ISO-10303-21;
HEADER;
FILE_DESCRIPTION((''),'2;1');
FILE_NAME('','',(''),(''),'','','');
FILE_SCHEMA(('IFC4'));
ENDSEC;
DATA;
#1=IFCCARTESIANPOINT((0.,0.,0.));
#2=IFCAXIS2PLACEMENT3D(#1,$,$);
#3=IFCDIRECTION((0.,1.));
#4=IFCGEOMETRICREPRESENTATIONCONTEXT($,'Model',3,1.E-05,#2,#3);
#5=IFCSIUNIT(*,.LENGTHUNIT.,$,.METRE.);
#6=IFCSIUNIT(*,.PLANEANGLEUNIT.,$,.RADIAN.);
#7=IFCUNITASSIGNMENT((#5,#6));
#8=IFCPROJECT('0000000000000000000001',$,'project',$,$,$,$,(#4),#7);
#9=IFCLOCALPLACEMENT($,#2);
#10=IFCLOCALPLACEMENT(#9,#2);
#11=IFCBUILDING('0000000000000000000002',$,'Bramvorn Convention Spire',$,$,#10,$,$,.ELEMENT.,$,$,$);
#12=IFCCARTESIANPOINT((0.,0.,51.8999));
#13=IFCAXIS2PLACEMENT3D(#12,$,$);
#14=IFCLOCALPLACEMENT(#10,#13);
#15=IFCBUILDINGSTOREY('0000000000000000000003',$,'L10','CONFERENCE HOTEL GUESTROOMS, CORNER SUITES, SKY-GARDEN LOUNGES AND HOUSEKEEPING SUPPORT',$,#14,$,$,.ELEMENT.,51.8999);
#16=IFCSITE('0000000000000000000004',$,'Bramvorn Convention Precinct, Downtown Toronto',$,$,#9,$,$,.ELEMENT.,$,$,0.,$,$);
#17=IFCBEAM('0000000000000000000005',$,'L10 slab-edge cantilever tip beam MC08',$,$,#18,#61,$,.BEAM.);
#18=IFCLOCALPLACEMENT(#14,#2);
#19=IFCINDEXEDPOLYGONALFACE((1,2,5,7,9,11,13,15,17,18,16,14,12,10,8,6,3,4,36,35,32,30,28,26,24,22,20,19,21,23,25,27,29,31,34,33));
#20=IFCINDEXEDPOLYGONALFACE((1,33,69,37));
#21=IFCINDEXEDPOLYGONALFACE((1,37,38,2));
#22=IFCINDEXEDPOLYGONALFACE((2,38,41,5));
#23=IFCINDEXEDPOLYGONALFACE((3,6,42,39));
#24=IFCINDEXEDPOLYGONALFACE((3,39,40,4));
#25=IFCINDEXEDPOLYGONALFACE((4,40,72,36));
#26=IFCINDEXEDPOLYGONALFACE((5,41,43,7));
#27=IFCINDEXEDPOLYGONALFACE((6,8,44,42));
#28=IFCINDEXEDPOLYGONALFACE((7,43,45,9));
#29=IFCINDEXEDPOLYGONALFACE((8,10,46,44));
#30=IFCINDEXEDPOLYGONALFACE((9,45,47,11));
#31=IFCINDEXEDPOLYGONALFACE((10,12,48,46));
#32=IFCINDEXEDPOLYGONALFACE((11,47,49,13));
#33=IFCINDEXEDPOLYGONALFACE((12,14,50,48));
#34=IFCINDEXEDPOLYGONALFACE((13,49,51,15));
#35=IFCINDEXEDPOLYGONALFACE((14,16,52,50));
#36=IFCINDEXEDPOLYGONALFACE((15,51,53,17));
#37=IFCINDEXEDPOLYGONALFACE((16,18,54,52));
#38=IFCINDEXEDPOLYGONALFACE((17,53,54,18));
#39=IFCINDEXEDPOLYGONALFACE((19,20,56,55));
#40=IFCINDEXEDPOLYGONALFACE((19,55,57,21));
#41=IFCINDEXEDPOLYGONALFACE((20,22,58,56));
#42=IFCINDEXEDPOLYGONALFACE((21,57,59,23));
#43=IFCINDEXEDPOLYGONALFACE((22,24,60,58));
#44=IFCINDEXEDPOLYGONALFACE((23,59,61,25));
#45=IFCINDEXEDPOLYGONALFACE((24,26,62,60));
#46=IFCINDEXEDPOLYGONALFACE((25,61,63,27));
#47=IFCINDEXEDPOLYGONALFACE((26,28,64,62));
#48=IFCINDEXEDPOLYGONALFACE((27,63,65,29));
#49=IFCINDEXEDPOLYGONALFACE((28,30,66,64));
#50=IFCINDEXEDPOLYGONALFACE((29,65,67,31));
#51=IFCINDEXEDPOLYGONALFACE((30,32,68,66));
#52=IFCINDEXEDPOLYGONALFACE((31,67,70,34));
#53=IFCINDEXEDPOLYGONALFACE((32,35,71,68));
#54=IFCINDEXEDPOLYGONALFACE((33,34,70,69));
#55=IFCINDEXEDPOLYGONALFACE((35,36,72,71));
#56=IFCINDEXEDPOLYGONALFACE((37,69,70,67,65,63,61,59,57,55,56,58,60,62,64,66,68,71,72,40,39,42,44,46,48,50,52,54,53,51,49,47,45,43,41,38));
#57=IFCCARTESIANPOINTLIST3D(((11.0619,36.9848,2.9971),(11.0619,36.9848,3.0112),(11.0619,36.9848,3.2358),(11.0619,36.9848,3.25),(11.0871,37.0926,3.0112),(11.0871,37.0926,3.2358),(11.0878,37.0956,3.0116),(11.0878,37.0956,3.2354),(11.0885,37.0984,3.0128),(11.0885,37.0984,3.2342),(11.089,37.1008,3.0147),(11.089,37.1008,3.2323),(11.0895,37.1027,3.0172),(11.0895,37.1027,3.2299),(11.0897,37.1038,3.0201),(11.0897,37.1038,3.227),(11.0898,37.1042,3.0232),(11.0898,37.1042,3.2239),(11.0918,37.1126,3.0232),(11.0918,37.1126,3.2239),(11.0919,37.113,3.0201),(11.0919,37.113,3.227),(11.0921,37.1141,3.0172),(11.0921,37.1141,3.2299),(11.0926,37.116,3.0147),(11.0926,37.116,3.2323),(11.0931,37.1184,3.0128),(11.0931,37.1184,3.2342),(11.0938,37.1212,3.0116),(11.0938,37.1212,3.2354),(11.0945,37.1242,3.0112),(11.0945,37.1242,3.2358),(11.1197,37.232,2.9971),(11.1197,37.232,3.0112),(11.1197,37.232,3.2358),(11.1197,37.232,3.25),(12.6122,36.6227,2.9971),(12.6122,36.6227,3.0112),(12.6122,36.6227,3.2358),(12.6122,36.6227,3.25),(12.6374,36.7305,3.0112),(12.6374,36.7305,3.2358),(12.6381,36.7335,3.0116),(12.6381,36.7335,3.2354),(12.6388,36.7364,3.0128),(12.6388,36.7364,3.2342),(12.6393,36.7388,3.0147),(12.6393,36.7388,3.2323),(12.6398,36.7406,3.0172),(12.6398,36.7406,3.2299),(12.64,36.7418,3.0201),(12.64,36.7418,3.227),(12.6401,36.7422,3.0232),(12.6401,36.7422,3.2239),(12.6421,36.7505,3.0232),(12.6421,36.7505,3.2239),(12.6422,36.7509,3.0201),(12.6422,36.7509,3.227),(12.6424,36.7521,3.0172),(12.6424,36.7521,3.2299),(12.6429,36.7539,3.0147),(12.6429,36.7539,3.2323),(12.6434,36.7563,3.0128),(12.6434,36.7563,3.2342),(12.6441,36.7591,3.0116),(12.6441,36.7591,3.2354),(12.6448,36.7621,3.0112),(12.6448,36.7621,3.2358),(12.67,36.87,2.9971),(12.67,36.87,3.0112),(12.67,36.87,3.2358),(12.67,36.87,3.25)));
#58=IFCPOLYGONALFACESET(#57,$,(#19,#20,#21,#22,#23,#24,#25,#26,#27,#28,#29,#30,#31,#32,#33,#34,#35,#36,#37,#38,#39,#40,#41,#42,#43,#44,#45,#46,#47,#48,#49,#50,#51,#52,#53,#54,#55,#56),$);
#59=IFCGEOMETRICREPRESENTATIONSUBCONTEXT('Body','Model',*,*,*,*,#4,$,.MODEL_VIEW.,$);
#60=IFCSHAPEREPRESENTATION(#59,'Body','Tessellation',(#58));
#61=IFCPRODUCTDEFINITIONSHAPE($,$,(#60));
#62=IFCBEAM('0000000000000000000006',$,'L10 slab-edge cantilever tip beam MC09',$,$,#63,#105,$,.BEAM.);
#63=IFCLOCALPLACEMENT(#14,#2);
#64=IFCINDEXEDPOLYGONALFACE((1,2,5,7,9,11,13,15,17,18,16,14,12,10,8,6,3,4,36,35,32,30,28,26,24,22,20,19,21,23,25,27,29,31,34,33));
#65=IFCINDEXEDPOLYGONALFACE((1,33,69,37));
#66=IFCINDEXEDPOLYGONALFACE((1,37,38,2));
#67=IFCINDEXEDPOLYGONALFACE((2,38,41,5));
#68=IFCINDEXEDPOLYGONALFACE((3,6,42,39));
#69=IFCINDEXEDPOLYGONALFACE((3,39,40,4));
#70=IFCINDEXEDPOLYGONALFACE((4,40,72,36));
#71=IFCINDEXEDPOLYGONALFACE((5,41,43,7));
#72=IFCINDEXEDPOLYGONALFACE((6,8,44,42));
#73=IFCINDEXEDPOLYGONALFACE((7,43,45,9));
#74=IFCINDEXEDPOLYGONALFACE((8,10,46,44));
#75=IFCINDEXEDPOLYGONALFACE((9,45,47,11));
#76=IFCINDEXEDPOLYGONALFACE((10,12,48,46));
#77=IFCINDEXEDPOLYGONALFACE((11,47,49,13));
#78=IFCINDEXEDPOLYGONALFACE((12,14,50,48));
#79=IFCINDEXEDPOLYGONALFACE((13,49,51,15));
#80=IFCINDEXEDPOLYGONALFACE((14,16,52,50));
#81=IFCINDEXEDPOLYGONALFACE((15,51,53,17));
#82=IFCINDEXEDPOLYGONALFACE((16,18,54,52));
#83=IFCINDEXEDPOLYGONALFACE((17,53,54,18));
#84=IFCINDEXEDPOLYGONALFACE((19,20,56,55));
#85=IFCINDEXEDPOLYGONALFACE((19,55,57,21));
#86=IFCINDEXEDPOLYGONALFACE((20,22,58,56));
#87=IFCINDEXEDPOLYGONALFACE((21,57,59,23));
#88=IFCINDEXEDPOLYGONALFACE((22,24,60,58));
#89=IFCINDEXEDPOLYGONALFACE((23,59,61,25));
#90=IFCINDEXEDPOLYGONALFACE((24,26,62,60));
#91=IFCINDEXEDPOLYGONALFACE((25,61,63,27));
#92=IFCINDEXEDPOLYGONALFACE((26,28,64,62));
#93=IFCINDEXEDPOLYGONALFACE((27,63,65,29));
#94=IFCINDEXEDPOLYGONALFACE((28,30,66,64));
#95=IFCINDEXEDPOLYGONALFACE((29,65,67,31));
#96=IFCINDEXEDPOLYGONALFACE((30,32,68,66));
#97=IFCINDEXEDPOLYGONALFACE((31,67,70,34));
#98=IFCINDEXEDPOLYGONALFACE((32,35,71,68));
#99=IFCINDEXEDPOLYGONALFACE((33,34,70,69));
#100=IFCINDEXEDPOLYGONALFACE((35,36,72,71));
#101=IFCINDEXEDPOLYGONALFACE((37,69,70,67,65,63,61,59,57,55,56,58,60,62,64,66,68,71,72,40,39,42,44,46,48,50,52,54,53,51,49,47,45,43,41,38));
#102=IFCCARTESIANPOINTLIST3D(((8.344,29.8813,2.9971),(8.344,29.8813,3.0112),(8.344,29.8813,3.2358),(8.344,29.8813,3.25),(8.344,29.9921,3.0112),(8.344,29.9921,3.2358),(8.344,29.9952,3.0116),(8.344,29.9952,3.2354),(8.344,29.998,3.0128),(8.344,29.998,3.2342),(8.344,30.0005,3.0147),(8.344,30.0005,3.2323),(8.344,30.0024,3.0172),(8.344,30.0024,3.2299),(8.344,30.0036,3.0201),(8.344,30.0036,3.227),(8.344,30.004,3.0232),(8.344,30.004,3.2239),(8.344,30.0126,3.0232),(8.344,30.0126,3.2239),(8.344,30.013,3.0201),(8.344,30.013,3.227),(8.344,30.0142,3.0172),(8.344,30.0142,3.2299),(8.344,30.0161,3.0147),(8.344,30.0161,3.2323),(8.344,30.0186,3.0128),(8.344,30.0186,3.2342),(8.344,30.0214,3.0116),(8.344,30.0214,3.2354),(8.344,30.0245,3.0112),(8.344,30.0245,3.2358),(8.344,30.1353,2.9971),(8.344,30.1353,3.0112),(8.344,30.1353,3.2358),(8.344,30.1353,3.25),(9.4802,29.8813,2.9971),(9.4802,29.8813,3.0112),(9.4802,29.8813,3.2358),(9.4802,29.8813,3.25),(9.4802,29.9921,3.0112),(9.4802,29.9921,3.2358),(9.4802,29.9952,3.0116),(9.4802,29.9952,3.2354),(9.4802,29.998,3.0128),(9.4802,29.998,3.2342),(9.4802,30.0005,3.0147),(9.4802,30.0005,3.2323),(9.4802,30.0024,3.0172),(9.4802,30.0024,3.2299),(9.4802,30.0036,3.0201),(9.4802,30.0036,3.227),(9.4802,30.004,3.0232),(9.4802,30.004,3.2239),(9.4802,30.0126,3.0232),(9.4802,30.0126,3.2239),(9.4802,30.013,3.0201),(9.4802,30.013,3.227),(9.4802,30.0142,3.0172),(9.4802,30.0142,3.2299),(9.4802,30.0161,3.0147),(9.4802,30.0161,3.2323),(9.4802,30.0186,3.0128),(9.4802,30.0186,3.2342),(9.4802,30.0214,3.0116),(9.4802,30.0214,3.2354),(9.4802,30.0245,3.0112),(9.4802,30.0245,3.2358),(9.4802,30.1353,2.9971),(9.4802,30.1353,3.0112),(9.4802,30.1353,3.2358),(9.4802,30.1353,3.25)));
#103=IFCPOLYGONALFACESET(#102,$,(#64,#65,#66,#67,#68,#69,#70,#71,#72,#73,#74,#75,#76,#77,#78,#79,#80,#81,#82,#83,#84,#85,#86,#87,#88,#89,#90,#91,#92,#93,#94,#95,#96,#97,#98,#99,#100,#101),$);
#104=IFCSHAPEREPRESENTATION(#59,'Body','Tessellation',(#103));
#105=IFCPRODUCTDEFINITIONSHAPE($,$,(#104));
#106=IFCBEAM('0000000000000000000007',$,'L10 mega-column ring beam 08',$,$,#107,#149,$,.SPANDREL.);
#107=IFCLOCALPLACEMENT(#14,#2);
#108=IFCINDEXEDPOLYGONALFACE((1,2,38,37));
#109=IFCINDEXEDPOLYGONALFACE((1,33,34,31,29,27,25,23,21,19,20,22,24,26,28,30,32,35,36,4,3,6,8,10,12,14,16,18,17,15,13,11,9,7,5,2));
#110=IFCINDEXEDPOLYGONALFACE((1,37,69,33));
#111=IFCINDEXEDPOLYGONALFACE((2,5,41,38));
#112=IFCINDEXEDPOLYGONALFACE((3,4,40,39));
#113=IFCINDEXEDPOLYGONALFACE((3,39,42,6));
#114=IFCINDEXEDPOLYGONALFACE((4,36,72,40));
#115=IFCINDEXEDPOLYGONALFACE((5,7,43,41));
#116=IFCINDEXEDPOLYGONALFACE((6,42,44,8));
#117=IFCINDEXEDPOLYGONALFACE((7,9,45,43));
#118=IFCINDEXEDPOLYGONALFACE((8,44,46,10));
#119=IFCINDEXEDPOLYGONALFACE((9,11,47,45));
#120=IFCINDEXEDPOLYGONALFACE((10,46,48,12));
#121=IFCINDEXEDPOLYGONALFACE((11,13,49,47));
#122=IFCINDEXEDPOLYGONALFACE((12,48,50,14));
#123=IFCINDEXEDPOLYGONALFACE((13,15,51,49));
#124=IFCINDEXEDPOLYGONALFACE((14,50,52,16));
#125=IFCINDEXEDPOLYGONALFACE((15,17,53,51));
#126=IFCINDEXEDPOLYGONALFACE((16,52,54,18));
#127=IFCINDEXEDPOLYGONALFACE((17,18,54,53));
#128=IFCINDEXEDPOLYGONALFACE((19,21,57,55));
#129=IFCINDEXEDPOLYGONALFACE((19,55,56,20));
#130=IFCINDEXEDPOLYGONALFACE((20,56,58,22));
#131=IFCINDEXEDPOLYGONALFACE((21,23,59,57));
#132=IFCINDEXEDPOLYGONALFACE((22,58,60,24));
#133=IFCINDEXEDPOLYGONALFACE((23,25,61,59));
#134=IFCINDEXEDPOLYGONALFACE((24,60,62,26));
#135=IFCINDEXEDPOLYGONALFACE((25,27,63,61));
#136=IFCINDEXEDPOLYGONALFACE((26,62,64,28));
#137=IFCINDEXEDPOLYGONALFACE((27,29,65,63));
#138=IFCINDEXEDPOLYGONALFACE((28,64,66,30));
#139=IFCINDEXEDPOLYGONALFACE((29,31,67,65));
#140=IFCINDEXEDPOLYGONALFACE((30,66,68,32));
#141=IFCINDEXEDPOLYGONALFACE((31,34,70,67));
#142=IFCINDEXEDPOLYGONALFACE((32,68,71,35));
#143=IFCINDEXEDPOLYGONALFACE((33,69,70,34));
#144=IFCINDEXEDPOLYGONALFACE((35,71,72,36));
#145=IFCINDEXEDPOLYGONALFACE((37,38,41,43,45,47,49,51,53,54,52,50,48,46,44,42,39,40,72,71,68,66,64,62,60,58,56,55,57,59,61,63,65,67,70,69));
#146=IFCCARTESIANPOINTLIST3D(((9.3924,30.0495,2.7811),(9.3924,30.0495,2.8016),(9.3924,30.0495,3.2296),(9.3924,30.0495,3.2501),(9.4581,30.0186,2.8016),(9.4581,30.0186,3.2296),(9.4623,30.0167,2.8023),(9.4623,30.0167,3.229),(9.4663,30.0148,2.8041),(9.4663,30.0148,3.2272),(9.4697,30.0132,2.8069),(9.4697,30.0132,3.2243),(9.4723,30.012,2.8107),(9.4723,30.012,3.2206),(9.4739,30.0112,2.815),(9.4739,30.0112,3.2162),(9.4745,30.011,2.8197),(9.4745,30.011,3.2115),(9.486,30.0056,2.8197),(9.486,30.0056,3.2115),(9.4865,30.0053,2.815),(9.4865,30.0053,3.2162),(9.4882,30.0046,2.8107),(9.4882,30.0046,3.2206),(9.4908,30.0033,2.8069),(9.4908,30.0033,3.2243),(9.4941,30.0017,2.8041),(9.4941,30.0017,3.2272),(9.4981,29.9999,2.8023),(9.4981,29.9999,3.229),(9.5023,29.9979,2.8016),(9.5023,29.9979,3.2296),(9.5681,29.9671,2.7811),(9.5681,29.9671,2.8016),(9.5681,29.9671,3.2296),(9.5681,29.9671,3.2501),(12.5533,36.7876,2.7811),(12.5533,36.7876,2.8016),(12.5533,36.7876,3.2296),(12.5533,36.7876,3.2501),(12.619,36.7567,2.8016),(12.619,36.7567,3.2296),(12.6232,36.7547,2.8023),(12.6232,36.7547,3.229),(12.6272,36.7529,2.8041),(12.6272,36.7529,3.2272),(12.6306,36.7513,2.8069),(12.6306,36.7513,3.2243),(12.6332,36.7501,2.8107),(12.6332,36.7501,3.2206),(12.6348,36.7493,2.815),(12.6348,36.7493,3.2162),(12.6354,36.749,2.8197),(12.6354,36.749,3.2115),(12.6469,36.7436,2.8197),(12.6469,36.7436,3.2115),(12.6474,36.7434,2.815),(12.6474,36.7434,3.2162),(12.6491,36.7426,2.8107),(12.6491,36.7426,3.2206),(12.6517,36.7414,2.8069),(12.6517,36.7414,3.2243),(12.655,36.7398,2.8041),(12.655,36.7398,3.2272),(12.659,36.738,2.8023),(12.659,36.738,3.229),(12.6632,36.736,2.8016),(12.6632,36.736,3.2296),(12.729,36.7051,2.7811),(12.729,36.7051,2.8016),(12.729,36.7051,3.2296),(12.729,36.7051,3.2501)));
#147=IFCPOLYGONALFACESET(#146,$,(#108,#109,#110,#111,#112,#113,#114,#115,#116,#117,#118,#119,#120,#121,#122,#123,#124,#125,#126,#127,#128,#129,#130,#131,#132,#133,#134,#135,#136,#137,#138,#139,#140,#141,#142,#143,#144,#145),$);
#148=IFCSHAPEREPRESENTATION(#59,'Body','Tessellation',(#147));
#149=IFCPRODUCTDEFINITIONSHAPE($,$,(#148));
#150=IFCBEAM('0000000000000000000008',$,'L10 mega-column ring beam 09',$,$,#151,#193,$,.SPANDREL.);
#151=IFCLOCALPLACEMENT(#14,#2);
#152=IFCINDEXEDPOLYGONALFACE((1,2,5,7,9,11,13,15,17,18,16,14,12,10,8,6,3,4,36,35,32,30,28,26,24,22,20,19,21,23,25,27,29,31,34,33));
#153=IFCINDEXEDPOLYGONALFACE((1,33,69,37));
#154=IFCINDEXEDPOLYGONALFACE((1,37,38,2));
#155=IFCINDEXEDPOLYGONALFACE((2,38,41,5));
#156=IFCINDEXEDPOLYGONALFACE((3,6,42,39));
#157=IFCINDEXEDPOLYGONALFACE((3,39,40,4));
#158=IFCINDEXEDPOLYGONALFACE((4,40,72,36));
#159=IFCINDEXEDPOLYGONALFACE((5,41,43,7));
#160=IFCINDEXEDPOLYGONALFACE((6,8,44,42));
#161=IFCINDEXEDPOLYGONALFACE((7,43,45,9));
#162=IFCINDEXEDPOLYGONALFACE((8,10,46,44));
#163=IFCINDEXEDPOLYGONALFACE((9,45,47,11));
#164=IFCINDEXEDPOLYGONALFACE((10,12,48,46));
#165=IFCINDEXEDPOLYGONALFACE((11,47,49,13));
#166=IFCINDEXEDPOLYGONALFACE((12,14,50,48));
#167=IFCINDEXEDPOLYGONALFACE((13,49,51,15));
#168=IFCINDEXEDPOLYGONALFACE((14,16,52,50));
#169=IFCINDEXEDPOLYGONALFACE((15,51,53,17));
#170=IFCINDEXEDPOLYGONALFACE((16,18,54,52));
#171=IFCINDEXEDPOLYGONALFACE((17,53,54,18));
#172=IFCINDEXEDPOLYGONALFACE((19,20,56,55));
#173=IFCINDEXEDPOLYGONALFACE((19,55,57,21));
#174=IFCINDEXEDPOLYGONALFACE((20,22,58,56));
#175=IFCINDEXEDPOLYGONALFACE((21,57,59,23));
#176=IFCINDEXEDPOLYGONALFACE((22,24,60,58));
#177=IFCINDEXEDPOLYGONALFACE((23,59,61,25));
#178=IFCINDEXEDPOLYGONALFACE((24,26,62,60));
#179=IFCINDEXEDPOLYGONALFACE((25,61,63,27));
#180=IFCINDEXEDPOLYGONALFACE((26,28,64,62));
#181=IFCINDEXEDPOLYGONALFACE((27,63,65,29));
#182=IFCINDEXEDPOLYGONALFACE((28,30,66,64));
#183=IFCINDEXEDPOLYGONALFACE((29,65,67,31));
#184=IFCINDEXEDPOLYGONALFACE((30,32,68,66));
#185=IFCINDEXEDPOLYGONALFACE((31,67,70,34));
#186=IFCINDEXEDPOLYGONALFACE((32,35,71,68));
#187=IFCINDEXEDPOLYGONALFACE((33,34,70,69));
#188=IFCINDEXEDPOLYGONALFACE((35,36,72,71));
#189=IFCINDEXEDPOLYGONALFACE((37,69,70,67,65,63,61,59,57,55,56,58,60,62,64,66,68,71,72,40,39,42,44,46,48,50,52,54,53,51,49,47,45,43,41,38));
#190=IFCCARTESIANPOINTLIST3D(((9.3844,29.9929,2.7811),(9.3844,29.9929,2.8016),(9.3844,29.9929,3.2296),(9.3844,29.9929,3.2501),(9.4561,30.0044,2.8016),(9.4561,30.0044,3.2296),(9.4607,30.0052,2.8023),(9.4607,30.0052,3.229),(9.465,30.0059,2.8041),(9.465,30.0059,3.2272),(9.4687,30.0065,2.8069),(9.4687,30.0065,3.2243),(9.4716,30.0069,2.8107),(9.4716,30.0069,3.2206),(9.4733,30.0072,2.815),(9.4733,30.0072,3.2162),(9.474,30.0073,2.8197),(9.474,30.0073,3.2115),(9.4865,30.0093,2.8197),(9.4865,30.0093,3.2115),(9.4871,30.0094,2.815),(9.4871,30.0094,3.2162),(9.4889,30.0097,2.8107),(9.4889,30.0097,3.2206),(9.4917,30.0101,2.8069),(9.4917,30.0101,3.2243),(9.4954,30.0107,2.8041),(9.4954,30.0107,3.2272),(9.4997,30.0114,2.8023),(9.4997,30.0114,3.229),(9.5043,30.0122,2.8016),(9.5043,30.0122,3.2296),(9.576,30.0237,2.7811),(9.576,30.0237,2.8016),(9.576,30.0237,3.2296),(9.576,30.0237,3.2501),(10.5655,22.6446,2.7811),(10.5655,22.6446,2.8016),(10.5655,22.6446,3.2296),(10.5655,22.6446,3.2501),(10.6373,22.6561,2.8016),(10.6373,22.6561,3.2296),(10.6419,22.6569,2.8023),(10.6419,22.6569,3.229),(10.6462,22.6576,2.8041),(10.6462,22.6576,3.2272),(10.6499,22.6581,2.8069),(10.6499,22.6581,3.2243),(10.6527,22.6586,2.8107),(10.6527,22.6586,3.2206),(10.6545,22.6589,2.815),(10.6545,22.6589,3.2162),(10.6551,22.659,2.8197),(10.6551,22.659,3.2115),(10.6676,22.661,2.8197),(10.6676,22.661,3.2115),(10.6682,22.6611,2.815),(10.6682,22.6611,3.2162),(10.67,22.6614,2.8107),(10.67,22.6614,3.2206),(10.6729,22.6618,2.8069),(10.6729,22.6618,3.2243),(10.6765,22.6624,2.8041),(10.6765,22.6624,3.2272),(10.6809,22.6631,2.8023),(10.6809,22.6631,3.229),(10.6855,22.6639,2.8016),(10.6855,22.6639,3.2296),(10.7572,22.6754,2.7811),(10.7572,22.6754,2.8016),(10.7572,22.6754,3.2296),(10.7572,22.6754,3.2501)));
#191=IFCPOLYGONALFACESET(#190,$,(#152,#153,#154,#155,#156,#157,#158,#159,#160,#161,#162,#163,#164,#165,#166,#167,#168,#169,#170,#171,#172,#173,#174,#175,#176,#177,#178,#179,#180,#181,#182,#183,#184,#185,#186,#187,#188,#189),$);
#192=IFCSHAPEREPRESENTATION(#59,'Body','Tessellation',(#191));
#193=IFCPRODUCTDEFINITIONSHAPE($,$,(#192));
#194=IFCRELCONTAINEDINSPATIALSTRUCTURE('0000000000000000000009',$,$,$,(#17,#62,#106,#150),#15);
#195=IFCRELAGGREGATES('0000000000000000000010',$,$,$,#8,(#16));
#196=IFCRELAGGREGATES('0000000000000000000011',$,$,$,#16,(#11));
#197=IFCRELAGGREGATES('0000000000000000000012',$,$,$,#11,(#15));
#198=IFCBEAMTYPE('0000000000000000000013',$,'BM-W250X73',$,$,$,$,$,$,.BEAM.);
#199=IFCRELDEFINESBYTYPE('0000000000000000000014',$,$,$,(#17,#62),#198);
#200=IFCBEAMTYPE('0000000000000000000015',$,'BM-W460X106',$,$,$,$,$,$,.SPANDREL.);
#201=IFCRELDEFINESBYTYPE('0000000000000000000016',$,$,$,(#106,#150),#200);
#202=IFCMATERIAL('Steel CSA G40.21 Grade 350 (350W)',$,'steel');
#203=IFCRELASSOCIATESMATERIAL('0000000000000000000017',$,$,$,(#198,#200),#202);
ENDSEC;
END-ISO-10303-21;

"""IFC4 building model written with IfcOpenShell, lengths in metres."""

from ifc_helpers import new_model, si_unit, direction, frame, origin, origin_2d, place, context, subcontext, project, spatial, i_section, extrude, material, material_profile, profile_set, type_object, element, save


model = new_model("IFC4")

# Units and contexts
model_context = context("Model", 3, precision=1e-05, world=origin(), true_north=direction((0.0, 1.0)))
body_context = subcontext(model_context, "Body", "Model", "MODEL_VIEW")
ifc_project = project(units=[si_unit("LENGTHUNIT", "METRE"), si_unit("PLANEANGLEUNIT", "RADIAN")], contexts=[model_context])

# Site, building, storey
site_placement = place(None, origin())
site = spatial("IfcSite", under=ifc_project, at=site_placement, Name="Bramvorn Convention Precinct, Downtown Toronto", CompositionType="ELEMENT", RefElevation=0.0)
building_placement = place(site_placement, origin())
building = spatial("IfcBuilding", under=site, at=building_placement, Name="Bramvorn Convention Spire", CompositionType="ELEMENT")
storey_placement = place(building_placement, frame((0.0, 0.0, 51.8999)))
storey = spatial("IfcBuildingStorey", under=building, at=storey_placement, Name="L10", Description="CONFERENCE HOTEL GUESTROOMS, CORNER SUITES, SKY-GARDEN LOUNGES AND HOUSEKEEPING SUPPORT", CompositionType="ELEMENT", Elevation=51.8999)

# Shared definitions
ifc_material_1 = material(Name="Steel CSA G40.21 Grade 350 (350W)", Category="steel")

# Beams
ifc_material_profile_1 = material_profile(ifc_material_1, i_section(OverallWidth=0.2539, OverallDepth=0.2529, WebThickness=0.0085, FlangeThickness=0.0142, FilletRadius=0.012, at=origin_2d()))
ifc_profile_set_1 = profile_set([ifc_material_profile_1], Name="Steel CSA G40.21 Grade 350 (350W) - W250X73")
beam_type_1 = type_object("IfcBeamType", Name="BM-W250X73", PredefinedType="BEAM", material=ifc_profile_set_1)
beam_1_placement = place(storey_placement, frame((12.6411, 36.7463, 3.1235), z_axis=(-0.973796, 0.227424, 0.0), x_axis=(-0.227424, -0.973796, 0.0)))
element("IfcBeam", 1, at=beam_1_placement, inside=storey, type_object=beam_type_1, Name="L10 slab-edge cantilever tip beam MC08", PredefinedType="BEAM", context=body_context, shape_type="SweptSolid", body=[
    extrude(i_section(OverallWidth=0.2539, OverallDepth=0.2529, WebThickness=0.0085, FlangeThickness=0.0142, FilletRadius=0.012, at=origin_2d()), origin(), (0.0, 0.0, 1.0), 1.592),
])
beam_2_placement = place(storey_placement, frame((9.4802, 30.0083, 3.1235), z_axis=(-1.0, 0.0, 0.0), x_axis=(0.0, -1.0, 0.0)))
element("IfcBeam", 2, at=beam_2_placement, inside=storey, type_object=beam_type_1, Name="L10 slab-edge cantilever tip beam MC09", PredefinedType="BEAM", context=body_context, shape_type="SweptSolid", body=[
    extrude(i_section(OverallWidth=0.2539, OverallDepth=0.2529, WebThickness=0.0085, FlangeThickness=0.0142, FilletRadius=0.012, at=origin_2d()), origin(), (0.0, 0.0, 1.0), 1.1362),
])
ifc_material_profile_2 = material_profile(ifc_material_1, i_section(OverallWidth=0.1941, OverallDepth=0.469, WebThickness=0.0127, FlangeThickness=0.0205, FilletRadius=0.0181, at=origin_2d()))
ifc_profile_set_2 = profile_set([ifc_material_profile_2], Name="Steel CSA G40.21 Grade 350 (350W) - W460X106")
beam_type_2 = type_object("IfcBeamType", Name="BM-W460X106", PredefinedType="SPANDREL", material=ifc_profile_set_2)
for number, where, z_axis, x_axis, name in (
    (3, (12.6411, 36.7463, 3.0156), (-0.424702, -0.905333, 0.0), (0.905333, -0.424702, 0.0), "L10 mega-column ring beam 08"),
    (4, (9.4802, 30.0083, 3.0156), (0.158699, -0.987327, 0.0), (0.987327, 0.158699, 0.0), "L10 mega-column ring beam 09"),
):
    element("IfcBeam", number, at=place(storey_placement, frame(where, z_axis=z_axis, x_axis=x_axis)), inside=storey, type_object=beam_type_2, Name=name, PredefinedType="SPANDREL", context=body_context, shape_type="SweptSolid", body=[
        extrude(i_section(OverallWidth=0.1941, OverallDepth=0.469, WebThickness=0.0127, FlangeThickness=0.0205, FilletRadius=0.0181, at=origin_2d()), origin(), (0.0, 0.0, 1.0), 7.4426),
    ])

save(model, "model.ifc")
